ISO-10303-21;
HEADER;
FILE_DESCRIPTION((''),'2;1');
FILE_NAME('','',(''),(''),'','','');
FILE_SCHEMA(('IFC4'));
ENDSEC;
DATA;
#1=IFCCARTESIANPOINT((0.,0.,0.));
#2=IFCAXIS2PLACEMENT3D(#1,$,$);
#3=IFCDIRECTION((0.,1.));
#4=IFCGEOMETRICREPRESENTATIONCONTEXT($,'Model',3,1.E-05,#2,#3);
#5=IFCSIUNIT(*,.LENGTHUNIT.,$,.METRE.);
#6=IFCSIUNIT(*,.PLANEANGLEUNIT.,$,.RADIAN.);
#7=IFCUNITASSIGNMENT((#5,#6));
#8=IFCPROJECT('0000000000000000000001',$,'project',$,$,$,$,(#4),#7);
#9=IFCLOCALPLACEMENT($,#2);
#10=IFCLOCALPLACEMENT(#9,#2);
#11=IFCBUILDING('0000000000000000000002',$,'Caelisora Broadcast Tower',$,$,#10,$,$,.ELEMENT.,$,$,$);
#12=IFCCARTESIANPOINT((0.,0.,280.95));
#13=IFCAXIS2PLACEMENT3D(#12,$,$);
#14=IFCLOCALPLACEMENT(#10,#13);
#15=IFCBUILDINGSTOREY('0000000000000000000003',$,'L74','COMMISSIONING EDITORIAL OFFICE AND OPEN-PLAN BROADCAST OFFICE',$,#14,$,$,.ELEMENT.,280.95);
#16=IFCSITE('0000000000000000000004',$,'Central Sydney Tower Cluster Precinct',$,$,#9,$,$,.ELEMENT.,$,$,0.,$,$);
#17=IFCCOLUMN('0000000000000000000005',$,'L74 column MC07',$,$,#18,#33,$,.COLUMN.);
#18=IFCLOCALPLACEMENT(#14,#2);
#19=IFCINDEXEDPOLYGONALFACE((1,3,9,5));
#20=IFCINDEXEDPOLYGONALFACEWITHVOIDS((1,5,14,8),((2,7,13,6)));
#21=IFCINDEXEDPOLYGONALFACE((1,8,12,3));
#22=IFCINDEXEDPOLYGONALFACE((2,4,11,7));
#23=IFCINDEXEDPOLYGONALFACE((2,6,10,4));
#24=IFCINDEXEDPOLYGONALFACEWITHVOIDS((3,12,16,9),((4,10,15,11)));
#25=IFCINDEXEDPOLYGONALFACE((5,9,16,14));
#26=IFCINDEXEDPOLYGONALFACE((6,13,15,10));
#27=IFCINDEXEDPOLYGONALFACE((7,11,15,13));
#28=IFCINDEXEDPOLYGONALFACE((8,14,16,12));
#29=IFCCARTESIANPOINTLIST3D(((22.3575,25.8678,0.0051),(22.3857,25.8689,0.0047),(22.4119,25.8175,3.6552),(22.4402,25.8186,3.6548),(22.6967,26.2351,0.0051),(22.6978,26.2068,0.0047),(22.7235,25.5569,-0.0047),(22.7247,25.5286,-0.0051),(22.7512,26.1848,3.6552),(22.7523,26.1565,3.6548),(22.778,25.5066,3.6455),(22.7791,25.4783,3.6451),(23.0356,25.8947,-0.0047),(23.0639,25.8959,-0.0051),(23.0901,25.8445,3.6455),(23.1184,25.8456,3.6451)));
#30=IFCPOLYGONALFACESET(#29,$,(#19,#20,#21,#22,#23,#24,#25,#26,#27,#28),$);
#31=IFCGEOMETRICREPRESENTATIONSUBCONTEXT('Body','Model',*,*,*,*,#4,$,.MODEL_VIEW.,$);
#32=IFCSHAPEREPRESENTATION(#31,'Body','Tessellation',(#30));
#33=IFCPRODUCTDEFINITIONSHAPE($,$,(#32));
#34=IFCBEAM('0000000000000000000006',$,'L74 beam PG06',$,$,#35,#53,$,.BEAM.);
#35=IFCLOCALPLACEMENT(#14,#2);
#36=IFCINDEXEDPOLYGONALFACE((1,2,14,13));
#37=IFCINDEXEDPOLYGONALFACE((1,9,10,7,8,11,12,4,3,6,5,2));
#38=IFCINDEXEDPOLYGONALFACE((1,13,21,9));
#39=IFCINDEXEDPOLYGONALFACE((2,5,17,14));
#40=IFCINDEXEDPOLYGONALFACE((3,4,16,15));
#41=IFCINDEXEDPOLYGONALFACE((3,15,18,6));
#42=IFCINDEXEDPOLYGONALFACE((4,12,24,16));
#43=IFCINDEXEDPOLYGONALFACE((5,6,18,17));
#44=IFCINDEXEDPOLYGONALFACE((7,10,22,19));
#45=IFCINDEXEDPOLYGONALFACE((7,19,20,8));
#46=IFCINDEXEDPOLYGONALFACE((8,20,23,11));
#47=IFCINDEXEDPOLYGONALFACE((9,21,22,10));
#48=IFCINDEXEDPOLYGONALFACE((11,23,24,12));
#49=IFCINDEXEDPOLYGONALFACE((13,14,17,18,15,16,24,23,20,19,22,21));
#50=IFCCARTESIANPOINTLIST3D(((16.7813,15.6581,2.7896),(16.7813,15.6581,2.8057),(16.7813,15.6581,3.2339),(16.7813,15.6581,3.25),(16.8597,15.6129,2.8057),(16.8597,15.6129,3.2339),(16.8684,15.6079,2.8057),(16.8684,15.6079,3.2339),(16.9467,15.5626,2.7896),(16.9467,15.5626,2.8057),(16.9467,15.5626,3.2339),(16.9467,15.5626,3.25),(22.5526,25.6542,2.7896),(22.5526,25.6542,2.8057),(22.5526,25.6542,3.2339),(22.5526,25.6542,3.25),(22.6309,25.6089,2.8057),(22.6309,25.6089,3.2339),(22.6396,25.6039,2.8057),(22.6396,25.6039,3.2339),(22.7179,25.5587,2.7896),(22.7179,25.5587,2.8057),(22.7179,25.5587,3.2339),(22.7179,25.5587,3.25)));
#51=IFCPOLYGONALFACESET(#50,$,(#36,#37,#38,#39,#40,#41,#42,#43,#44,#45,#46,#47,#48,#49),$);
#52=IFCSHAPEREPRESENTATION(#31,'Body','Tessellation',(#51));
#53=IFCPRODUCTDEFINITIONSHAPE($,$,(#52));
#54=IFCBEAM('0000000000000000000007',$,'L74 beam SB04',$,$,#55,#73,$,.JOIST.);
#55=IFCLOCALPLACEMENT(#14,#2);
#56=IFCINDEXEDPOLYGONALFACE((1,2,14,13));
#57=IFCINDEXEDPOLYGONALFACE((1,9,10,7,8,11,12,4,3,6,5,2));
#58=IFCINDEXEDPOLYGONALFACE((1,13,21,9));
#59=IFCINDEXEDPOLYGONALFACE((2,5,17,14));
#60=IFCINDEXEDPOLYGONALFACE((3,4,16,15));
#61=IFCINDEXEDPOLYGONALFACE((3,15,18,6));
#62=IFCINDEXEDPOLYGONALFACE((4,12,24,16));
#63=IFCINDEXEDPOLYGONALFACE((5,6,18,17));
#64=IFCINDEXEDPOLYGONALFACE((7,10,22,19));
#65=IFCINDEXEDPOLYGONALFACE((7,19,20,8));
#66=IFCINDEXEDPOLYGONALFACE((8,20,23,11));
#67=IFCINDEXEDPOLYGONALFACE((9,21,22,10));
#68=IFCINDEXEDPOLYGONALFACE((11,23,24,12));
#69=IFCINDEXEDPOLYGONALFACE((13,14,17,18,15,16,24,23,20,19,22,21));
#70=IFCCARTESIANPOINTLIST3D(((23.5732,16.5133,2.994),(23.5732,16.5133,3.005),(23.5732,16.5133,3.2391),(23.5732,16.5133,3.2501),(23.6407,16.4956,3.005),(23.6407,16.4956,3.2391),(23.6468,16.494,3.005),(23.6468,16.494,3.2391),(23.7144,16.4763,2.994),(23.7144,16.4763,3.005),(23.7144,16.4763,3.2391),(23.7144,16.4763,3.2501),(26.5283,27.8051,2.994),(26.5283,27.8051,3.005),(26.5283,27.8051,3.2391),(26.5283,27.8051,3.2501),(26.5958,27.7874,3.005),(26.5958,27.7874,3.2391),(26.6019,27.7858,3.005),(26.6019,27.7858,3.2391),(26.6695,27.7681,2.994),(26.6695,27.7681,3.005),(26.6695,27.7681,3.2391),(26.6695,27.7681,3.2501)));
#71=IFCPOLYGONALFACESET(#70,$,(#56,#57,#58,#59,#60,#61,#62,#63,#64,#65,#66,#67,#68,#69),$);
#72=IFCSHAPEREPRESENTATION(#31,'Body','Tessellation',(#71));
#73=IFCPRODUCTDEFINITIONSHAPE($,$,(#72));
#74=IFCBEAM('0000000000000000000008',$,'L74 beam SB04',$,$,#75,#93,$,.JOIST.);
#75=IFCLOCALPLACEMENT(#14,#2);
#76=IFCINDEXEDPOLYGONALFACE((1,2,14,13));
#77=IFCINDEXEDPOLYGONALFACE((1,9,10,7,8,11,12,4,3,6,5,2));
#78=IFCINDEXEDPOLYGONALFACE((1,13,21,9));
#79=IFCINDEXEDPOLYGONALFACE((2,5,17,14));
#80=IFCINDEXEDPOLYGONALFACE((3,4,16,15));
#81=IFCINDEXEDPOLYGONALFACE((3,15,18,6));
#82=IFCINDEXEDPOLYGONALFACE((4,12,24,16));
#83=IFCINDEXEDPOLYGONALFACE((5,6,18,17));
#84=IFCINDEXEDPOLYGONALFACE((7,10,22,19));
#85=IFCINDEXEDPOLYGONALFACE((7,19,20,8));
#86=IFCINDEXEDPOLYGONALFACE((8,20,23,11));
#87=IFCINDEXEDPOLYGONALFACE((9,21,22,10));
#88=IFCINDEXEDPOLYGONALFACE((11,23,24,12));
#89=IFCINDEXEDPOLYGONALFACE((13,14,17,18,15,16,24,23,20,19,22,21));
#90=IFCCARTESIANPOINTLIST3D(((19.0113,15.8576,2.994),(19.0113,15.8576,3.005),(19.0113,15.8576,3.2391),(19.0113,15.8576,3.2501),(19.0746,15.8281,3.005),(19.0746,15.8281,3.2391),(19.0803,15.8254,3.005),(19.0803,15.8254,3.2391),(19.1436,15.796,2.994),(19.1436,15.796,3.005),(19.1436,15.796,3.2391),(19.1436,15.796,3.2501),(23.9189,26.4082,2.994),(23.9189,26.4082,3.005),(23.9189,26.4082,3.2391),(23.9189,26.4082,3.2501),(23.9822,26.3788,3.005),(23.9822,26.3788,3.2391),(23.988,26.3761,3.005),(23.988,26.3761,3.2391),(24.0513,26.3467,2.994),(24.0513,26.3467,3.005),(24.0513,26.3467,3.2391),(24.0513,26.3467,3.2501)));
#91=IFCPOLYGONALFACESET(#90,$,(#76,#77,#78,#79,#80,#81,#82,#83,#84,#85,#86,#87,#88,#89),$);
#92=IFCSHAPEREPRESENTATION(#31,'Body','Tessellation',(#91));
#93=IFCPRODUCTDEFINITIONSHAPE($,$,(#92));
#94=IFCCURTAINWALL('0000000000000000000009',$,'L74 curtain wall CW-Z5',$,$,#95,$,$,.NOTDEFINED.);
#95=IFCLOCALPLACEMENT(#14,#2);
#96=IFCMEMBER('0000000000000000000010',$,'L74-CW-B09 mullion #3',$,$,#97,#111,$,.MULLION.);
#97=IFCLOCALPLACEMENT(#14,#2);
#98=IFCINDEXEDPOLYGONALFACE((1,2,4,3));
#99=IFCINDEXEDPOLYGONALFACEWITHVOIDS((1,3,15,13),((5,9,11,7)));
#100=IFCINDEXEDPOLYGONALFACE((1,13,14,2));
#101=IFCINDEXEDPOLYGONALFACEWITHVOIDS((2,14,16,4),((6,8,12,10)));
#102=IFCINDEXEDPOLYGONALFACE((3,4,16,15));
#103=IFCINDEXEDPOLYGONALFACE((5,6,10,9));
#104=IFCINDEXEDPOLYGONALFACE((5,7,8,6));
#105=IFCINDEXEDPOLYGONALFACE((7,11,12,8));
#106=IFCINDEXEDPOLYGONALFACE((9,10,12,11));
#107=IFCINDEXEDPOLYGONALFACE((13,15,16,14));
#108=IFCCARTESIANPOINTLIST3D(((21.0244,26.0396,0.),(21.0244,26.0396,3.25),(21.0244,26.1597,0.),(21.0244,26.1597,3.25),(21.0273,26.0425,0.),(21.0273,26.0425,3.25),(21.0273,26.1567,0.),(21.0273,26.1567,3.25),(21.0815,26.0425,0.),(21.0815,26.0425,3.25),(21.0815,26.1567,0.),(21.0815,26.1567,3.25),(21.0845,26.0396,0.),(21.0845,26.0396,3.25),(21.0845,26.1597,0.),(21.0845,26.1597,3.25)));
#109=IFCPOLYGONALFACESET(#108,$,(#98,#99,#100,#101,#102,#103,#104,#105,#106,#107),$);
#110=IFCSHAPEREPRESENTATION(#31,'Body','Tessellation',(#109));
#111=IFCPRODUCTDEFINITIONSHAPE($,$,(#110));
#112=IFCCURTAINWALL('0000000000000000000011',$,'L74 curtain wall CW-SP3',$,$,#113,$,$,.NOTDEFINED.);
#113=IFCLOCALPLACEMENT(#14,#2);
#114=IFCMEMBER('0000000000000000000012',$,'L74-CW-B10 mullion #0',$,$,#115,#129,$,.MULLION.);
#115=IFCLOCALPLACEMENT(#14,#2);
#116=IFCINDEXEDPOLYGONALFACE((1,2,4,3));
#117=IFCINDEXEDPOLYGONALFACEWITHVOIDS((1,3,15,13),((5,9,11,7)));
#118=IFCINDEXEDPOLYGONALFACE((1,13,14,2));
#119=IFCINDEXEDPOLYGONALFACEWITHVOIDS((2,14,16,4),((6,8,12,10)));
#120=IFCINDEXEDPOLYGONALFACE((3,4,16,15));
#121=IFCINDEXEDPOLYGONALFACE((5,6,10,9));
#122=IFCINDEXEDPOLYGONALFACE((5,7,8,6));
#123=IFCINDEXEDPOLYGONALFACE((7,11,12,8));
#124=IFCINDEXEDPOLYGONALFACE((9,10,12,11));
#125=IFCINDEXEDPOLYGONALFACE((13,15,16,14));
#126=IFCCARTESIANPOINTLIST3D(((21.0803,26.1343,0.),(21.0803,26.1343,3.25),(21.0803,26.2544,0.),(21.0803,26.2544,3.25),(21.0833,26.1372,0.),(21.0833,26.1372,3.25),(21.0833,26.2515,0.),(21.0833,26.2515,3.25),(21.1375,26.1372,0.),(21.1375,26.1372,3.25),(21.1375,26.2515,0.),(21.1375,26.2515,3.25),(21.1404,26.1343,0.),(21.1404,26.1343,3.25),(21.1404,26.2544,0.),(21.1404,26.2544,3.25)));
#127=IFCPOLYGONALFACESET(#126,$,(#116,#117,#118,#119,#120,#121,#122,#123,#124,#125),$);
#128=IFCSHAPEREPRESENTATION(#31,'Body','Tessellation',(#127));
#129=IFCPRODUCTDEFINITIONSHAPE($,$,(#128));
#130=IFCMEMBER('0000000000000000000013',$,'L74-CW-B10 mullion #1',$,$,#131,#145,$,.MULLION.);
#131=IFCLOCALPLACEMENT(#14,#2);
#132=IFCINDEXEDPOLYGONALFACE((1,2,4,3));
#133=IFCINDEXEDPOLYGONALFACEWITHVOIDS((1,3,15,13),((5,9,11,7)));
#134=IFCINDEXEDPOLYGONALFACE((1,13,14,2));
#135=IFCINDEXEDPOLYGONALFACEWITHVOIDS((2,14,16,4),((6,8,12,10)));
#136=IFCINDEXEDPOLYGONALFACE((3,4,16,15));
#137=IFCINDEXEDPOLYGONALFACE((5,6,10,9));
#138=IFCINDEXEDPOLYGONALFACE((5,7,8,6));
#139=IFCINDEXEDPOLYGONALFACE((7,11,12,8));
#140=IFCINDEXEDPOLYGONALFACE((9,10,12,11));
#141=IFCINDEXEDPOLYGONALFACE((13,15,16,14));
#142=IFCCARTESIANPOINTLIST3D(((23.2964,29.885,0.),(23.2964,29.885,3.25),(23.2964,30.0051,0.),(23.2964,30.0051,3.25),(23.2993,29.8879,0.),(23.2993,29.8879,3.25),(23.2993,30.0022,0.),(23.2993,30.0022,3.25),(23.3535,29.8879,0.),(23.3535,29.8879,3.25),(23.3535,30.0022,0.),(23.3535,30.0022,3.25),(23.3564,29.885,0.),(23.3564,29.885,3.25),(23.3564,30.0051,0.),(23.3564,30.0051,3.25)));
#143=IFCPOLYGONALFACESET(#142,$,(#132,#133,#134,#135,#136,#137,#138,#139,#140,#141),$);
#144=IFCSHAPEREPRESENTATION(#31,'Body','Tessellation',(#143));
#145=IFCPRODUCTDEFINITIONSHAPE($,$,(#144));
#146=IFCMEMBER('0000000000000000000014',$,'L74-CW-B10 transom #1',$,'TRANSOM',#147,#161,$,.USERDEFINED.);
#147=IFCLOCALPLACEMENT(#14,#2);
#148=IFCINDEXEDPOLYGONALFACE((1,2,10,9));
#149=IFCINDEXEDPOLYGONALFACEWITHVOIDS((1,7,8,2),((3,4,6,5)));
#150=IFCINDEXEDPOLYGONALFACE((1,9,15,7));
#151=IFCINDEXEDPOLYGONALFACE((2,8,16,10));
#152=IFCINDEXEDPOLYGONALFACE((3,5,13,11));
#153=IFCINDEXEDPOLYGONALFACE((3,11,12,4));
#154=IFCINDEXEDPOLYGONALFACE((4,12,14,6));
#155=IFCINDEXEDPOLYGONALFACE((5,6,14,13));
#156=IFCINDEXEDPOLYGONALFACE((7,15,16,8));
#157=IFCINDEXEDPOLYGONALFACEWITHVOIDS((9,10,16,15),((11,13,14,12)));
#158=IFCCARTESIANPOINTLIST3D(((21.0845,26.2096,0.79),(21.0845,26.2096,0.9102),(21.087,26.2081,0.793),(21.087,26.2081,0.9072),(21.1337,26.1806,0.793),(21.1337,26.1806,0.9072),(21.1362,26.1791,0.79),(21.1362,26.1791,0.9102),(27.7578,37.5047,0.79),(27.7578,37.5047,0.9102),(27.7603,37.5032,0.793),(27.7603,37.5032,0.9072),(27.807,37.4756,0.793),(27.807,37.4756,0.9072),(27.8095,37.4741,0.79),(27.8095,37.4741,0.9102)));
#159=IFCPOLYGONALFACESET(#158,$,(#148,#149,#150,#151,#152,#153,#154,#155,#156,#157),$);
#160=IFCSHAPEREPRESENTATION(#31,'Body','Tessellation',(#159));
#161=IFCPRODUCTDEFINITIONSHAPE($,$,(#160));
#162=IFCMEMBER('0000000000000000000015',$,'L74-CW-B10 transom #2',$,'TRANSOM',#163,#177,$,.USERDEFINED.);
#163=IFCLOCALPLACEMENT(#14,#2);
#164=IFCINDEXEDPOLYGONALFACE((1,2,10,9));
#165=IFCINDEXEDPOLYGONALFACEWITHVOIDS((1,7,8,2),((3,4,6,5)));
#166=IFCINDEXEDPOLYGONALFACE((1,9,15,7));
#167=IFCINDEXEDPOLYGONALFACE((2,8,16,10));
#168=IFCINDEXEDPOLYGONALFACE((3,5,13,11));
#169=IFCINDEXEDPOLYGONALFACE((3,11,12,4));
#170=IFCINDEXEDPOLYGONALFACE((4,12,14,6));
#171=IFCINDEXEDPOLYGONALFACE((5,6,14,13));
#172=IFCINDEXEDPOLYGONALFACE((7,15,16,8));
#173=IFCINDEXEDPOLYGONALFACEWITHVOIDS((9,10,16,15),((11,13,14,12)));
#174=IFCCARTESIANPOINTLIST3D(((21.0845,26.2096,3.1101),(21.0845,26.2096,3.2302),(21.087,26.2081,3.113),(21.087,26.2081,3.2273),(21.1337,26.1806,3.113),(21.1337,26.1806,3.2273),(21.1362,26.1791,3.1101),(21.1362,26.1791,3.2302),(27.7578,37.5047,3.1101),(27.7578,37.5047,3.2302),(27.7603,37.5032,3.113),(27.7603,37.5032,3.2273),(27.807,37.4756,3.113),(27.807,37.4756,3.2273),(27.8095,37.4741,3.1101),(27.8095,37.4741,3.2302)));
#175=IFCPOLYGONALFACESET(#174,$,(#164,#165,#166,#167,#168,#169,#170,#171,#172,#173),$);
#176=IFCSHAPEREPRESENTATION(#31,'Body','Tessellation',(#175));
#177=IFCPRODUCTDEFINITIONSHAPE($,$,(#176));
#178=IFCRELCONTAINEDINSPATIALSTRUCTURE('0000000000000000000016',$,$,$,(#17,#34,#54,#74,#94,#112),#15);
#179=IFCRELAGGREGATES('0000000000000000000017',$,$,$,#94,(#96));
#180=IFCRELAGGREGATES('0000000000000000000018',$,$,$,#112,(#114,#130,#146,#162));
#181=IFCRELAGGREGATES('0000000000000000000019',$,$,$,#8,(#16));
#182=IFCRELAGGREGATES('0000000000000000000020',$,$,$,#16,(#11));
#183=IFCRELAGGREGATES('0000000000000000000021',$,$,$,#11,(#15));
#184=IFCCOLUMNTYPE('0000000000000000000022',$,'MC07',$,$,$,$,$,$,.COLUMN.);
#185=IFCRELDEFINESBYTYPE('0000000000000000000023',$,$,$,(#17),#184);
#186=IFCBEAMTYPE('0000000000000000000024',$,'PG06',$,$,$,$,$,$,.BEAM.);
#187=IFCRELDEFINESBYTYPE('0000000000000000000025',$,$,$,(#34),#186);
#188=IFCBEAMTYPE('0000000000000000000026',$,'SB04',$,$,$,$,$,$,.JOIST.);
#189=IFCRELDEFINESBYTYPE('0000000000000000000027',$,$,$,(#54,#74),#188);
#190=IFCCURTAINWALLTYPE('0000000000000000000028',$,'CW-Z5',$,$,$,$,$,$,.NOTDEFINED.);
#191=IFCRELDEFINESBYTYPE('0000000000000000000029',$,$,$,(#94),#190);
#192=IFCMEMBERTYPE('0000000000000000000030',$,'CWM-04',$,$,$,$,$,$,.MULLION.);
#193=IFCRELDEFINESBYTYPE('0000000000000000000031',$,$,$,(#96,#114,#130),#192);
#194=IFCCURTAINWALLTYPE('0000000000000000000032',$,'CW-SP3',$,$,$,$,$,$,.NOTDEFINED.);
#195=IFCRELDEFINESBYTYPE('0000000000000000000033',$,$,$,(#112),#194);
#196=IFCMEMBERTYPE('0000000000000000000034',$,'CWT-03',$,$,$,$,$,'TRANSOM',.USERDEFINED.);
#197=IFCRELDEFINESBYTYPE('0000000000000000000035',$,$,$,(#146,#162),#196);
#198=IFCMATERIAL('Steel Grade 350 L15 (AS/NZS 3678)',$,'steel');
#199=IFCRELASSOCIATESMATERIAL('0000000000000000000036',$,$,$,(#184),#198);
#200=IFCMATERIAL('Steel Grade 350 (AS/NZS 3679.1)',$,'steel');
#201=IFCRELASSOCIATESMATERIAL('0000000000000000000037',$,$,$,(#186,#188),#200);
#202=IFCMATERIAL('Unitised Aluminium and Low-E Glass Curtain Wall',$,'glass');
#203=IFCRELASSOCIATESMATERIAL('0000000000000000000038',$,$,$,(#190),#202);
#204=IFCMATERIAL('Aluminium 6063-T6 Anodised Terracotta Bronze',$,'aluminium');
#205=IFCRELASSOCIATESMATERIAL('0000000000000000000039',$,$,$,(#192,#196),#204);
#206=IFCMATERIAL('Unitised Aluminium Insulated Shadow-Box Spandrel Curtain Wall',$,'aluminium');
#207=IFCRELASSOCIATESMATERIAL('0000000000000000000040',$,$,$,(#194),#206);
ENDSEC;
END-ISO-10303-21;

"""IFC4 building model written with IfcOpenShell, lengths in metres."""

from ifc_helpers import new_model, si_unit, direction, frame, origin, origin_2d, place, context, subcontext, project, spatial, hollow_rectangle, i_section, extrude, source, transform, mapped, material, material_profile, profile_set, type_object, type_shapes, element, aggregate, save


model = new_model("IFC4")

# Units and contexts
model_context = context("Model", 3, precision=1e-05, world=origin(), true_north=direction((0.0, 1.0)))
body_context = subcontext(model_context, "Body", "Model", "MODEL_VIEW")
ifc_project = project(units=[si_unit("LENGTHUNIT", "METRE"), si_unit("PLANEANGLEUNIT", "RADIAN")], contexts=[model_context])

# Site, building, storey
site_placement = place(None, origin())
site = spatial("IfcSite", under=ifc_project, at=site_placement, Name="Central Sydney Tower Cluster Precinct", CompositionType="ELEMENT", RefElevation=0.0)
building_placement = place(site_placement, origin())
building = spatial("IfcBuilding", under=site, at=building_placement, Name="Caelisora Broadcast Tower", CompositionType="ELEMENT")
storey_placement = place(building_placement, frame((0.0, 0.0, 280.95)))
storey = spatial("IfcBuildingStorey", under=building, at=storey_placement, Name="L74", Description="COMMISSIONING EDITORIAL OFFICE AND OPEN-PLAN BROADCAST OFFICE", CompositionType="ELEMENT", Elevation=280.95)

# Column
ifc_material_1 = material(Name="Steel Grade 350 L15 (AS/NZS 3678)", Category="steel")
ifc_material_profile_1 = material_profile(ifc_material_1, hollow_rectangle(XDim=0.5, YDim=0.5, WallThickness=0.02, at=origin_2d()), Name="Steel Grade 350 L15 (AS/NZS 3678)")
ifc_profile_set_1 = profile_set([ifc_material_profile_1], Name="Steel Grade 350 L15 (AS/NZS 3678)")
column_type = type_object("IfcColumnType", Name="MC07", PredefinedType="COLUMN", material=ifc_profile_set_1)
shared_shape_1 = source(origin(), body_context, "Body", "SweptSolid", [
    extrude(hollow_rectangle(XDim=0.5, YDim=0.5, WallThickness=0.02, at=origin_2d()), origin(), (0.0, 0.0, 1.0), 3.6509),
])
type_shapes(column_type, [shared_shape_1])
column_placement = place(storey_placement, frame((22.7107, 25.8818, 0.0), z_axis=(0.014912, -0.013776, 0.999794), x_axis=(0.678554, 0.734551, 0.0)))
element("IfcColumn", 1, at=column_placement, inside=storey, type_object=column_type, Name="L74 column MC07", PredefinedType="COLUMN", context=body_context, shape_type="MappedRepresentation", body=[
    mapped(shared_shape_1, transform((0.0, 0.0, 0.0), scale=1.0)),
])

# Beams
ifc_material_2 = material(Name="Steel Grade 350 (AS/NZS 3679.1)", Category="steel")
ifc_material_profile_2 = material_profile(ifc_material_2, i_section(OverallWidth=0.1909, OverallDepth=0.4604, WebThickness=0.01, FlangeThickness=0.0161, at=origin_2d()), Name="Steel Grade 350 (AS/NZS 3679.1)")
ifc_profile_set_2 = profile_set([ifc_material_profile_2], Name="Steel Grade 350 (AS/NZS 3679.1)")
beam_type_1 = type_object("IfcBeamType", Name="PG06", PredefinedType="BEAM", material=ifc_profile_set_2)
shared_shape_2 = source(origin(), body_context, "Body", "SweptSolid", [
    extrude(i_section(OverallWidth=0.1909, OverallDepth=0.4604, WebThickness=0.01, FlangeThickness=0.0161, at=origin_2d()), origin(), (0.0, 0.0, 1.0), 11.5425),
])
type_shapes(beam_type_1, [shared_shape_2])
beam_1_placement = place(storey_placement, frame((22.6353, 25.6064, 3.0198), z_axis=(-0.5, -0.866026, 0.0), x_axis=(0.866026, -0.5, 0.0)))
element("IfcBeam", 2, at=beam_1_placement, inside=storey, type_object=beam_type_1, Name="L74 beam PG06", PredefinedType="BEAM", context=body_context, shape_type="MappedRepresentation", body=[
    mapped(shared_shape_2, transform((0.0, 0.0, 0.0), scale=1.0)),
])
ifc_material_profile_3 = material_profile(ifc_material_2, i_section(OverallWidth=0.146, OverallDepth=0.2561, WebThickness=0.0063, FlangeThickness=0.011, at=origin_2d()), Name="Steel Grade 350 (AS/NZS 3679.1)")
ifc_profile_set_3 = profile_set([ifc_material_profile_3], Name="Steel Grade 350 (AS/NZS 3679.1)")
beam_type_2 = type_object("IfcBeamType", Name="SB04", PredefinedType="JOIST", material=ifc_profile_set_3)
shared_shape_3 = source(origin(), body_context, "Body", "SweptSolid", [
    extrude(i_section(OverallWidth=0.146, OverallDepth=0.2561, WebThickness=0.0063, FlangeThickness=0.011, at=origin_2d()), origin(), (0.0, 0.0, 1.0), 11.6721),
])
beam_2_placement = place(storey_placement, frame((26.5989, 27.7866, 3.1221), z_axis=(-0.253176, -0.96742, 0.0), x_axis=(0.96742, -0.253176, 0.0)))
element("IfcBeam", 3, at=beam_2_placement, inside=storey, type_object=beam_type_2, Name="L74 beam SB04", PredefinedType="JOIST", context=body_context, shape_type="MappedRepresentation", body=[
    mapped(shared_shape_3, transform((0.0, 0.0, 0.0), scale=1.0)),
])
shared_shape_4 = source(origin(), body_context, "Body", "SweptSolid", [
    extrude(i_section(OverallWidth=0.146, OverallDepth=0.2561, WebThickness=0.0063, FlangeThickness=0.011, at=origin_2d()), origin(), (0.0, 0.0, 1.0), 11.6362),
])
type_shapes(beam_type_2, [shared_shape_3, shared_shape_4])
beam_3_placement = place(storey_placement, frame((23.9851, 26.3774, 3.1221), z_axis=(-0.421757, -0.906709, 0.0), x_axis=(0.906709, -0.421757, 0.0)))
element("IfcBeam", 4, at=beam_3_placement, inside=storey, type_object=beam_type_2, Name="L74 beam SB04", PredefinedType="JOIST", context=body_context, shape_type="MappedRepresentation", body=[
    mapped(shared_shape_4, transform((0.0, 0.0, 0.0), scale=1.0)),
])

# Curtain wall, member
ifc_material_3 = material(Name="Unitised Aluminium and Low-E Glass Curtain Wall", Category="glass")
curtain_wall_type_1 = type_object("IfcCurtainWallType", Name="CW-Z5", PredefinedType="NOTDEFINED", material=ifc_material_3)
curtain_wall_1_placement = place(storey_placement, origin())
curtain_wall_1 = element("IfcCurtainWall", 5, at=curtain_wall_1_placement, inside=storey, type_object=curtain_wall_type_1, Name="L74 curtain wall CW-Z5", PredefinedType="NOTDEFINED")
ifc_material_4 = material(Name="Aluminium 6063-T6 Anodised Terracotta Bronze", Category="aluminium")
ifc_material_profile_4 = material_profile(ifc_material_4, hollow_rectangle(XDim=0.0601, YDim=0.1201, WallThickness=0.0029, at=origin_2d()), Name="Aluminium 6063-T6 Anodised Terracotta Bronze")
ifc_profile_set_4 = profile_set([ifc_material_profile_4], Name="Aluminium 6063-T6 Anodised Terracotta Bronze")
member_type_1 = type_object("IfcMemberType", Name="CWM-04", PredefinedType="MULLION", material=ifc_profile_set_4)
shared_shape_5 = source(origin(), body_context, "Body", "SweptSolid", [
    extrude(hollow_rectangle(XDim=0.0601, YDim=0.1201, WallThickness=0.0029, at=origin_2d()), origin(), (0.0, 0.0, 1.0), 3.25),
])
type_shapes(member_type_1, [shared_shape_5])
member_1_placement = place(storey_placement, frame((21.0544, 26.0996, 0.0), z_axis=(0.0, 0.0, 1.0), x_axis=(1.0, 0.0, 0.0)))
member_1 = element("IfcMember", 6, at=member_1_placement, type_object=member_type_1, Name="L74-CW-B09 mullion #3", PredefinedType="MULLION", context=body_context, shape_type="MappedRepresentation", body=[
    mapped(shared_shape_5, transform((0.0, 0.0, 0.0), scale=1.0)),
])

# Curtain wall, members
ifc_material_5 = material(Name="Unitised Aluminium Insulated Shadow-Box Spandrel Curtain Wall", Category="aluminium")
curtain_wall_type_2 = type_object("IfcCurtainWallType", Name="CW-SP3", PredefinedType="NOTDEFINED", material=ifc_material_5)
curtain_wall_2_placement = place(storey_placement, origin())
curtain_wall_2 = element("IfcCurtainWall", 7, at=curtain_wall_2_placement, inside=storey, type_object=curtain_wall_type_2, Name="L74 curtain wall CW-SP3", PredefinedType="NOTDEFINED")
member_2_placement = place(storey_placement, frame((21.1104, 26.1943, 0.0), z_axis=(0.0, 0.0, 1.0), x_axis=(1.0, 0.0, 0.0)))
member_2 = element("IfcMember", 8, at=member_2_placement, type_object=member_type_1, Name="L74-CW-B10 mullion #0", PredefinedType="MULLION", context=body_context, shape_type="MappedRepresentation", body=[
    mapped(shared_shape_5, transform((0.0, 0.0, 0.0), scale=1.0)),
])
member_3_placement = place(storey_placement, frame((23.3264, 29.9451, 0.0), z_axis=(0.0, 0.0, 1.0), x_axis=(1.0, 0.0, 0.0)))
member_3 = element("IfcMember", 9, at=member_3_placement, type_object=member_type_1, Name="L74-CW-B10 mullion #1", PredefinedType="MULLION", context=body_context, shape_type="MappedRepresentation", body=[
    mapped(shared_shape_5, transform((0.0, 0.0, 0.0), scale=1.0)),
])
ifc_material_profile_5 = material_profile(ifc_material_4, hollow_rectangle(XDim=0.0601, YDim=0.1201, WallThickness=0.0029, at=origin_2d()), Name="Aluminium 6063-T6 Anodised Terracotta Bronze")
ifc_profile_set_5 = profile_set([ifc_material_profile_5], Name="Aluminium 6063-T6 Anodised Terracotta Bronze")
member_type_2 = type_object("IfcMemberType", Name="CWT-03", ElementType="TRANSOM", PredefinedType="USERDEFINED", material=ifc_profile_set_5)
shared_shape_6 = source(origin(), body_context, "Body", "SweptSolid", [
    extrude(hollow_rectangle(XDim=0.0601, YDim=0.1201, WallThickness=0.0029, at=origin_2d()), origin(), (0.0, 0.0, 1.0), 13.1191),
])
type_shapes(member_type_2, [shared_shape_6])
member_4_placement = place(storey_placement, frame((21.1104, 26.1943, 0.8501), z_axis=(0.508668, 0.860962, 0.0), x_axis=(-0.860962, 0.508668, 0.0)))
member_4 = element("IfcMember", 10, at=member_4_placement, type_object=member_type_2, Name="L74-CW-B10 transom #1", ObjectType="TRANSOM", PredefinedType="USERDEFINED", context=body_context, shape_type="MappedRepresentation", body=[
    mapped(shared_shape_6, transform((0.0, 0.0, 0.0), scale=1.0)),
])
member_5_placement = place(storey_placement, frame((21.1104, 26.1943, 3.1702), z_axis=(0.508668, 0.860962, 0.0), x_axis=(-0.860962, 0.508668, 0.0)))
member_5 = element("IfcMember", 11, at=member_5_placement, type_object=member_type_2, Name="L74-CW-B10 transom #2", ObjectType="TRANSOM", PredefinedType="USERDEFINED", context=body_context, shape_type="MappedRepresentation", body=[
    mapped(shared_shape_6, transform((0.0, 0.0, 0.0), scale=1.0)),
])

aggregate(curtain_wall_1, [member_1])
aggregate(curtain_wall_2, [member_2, member_3, member_4, member_5])

save(model, "model.ifc")
